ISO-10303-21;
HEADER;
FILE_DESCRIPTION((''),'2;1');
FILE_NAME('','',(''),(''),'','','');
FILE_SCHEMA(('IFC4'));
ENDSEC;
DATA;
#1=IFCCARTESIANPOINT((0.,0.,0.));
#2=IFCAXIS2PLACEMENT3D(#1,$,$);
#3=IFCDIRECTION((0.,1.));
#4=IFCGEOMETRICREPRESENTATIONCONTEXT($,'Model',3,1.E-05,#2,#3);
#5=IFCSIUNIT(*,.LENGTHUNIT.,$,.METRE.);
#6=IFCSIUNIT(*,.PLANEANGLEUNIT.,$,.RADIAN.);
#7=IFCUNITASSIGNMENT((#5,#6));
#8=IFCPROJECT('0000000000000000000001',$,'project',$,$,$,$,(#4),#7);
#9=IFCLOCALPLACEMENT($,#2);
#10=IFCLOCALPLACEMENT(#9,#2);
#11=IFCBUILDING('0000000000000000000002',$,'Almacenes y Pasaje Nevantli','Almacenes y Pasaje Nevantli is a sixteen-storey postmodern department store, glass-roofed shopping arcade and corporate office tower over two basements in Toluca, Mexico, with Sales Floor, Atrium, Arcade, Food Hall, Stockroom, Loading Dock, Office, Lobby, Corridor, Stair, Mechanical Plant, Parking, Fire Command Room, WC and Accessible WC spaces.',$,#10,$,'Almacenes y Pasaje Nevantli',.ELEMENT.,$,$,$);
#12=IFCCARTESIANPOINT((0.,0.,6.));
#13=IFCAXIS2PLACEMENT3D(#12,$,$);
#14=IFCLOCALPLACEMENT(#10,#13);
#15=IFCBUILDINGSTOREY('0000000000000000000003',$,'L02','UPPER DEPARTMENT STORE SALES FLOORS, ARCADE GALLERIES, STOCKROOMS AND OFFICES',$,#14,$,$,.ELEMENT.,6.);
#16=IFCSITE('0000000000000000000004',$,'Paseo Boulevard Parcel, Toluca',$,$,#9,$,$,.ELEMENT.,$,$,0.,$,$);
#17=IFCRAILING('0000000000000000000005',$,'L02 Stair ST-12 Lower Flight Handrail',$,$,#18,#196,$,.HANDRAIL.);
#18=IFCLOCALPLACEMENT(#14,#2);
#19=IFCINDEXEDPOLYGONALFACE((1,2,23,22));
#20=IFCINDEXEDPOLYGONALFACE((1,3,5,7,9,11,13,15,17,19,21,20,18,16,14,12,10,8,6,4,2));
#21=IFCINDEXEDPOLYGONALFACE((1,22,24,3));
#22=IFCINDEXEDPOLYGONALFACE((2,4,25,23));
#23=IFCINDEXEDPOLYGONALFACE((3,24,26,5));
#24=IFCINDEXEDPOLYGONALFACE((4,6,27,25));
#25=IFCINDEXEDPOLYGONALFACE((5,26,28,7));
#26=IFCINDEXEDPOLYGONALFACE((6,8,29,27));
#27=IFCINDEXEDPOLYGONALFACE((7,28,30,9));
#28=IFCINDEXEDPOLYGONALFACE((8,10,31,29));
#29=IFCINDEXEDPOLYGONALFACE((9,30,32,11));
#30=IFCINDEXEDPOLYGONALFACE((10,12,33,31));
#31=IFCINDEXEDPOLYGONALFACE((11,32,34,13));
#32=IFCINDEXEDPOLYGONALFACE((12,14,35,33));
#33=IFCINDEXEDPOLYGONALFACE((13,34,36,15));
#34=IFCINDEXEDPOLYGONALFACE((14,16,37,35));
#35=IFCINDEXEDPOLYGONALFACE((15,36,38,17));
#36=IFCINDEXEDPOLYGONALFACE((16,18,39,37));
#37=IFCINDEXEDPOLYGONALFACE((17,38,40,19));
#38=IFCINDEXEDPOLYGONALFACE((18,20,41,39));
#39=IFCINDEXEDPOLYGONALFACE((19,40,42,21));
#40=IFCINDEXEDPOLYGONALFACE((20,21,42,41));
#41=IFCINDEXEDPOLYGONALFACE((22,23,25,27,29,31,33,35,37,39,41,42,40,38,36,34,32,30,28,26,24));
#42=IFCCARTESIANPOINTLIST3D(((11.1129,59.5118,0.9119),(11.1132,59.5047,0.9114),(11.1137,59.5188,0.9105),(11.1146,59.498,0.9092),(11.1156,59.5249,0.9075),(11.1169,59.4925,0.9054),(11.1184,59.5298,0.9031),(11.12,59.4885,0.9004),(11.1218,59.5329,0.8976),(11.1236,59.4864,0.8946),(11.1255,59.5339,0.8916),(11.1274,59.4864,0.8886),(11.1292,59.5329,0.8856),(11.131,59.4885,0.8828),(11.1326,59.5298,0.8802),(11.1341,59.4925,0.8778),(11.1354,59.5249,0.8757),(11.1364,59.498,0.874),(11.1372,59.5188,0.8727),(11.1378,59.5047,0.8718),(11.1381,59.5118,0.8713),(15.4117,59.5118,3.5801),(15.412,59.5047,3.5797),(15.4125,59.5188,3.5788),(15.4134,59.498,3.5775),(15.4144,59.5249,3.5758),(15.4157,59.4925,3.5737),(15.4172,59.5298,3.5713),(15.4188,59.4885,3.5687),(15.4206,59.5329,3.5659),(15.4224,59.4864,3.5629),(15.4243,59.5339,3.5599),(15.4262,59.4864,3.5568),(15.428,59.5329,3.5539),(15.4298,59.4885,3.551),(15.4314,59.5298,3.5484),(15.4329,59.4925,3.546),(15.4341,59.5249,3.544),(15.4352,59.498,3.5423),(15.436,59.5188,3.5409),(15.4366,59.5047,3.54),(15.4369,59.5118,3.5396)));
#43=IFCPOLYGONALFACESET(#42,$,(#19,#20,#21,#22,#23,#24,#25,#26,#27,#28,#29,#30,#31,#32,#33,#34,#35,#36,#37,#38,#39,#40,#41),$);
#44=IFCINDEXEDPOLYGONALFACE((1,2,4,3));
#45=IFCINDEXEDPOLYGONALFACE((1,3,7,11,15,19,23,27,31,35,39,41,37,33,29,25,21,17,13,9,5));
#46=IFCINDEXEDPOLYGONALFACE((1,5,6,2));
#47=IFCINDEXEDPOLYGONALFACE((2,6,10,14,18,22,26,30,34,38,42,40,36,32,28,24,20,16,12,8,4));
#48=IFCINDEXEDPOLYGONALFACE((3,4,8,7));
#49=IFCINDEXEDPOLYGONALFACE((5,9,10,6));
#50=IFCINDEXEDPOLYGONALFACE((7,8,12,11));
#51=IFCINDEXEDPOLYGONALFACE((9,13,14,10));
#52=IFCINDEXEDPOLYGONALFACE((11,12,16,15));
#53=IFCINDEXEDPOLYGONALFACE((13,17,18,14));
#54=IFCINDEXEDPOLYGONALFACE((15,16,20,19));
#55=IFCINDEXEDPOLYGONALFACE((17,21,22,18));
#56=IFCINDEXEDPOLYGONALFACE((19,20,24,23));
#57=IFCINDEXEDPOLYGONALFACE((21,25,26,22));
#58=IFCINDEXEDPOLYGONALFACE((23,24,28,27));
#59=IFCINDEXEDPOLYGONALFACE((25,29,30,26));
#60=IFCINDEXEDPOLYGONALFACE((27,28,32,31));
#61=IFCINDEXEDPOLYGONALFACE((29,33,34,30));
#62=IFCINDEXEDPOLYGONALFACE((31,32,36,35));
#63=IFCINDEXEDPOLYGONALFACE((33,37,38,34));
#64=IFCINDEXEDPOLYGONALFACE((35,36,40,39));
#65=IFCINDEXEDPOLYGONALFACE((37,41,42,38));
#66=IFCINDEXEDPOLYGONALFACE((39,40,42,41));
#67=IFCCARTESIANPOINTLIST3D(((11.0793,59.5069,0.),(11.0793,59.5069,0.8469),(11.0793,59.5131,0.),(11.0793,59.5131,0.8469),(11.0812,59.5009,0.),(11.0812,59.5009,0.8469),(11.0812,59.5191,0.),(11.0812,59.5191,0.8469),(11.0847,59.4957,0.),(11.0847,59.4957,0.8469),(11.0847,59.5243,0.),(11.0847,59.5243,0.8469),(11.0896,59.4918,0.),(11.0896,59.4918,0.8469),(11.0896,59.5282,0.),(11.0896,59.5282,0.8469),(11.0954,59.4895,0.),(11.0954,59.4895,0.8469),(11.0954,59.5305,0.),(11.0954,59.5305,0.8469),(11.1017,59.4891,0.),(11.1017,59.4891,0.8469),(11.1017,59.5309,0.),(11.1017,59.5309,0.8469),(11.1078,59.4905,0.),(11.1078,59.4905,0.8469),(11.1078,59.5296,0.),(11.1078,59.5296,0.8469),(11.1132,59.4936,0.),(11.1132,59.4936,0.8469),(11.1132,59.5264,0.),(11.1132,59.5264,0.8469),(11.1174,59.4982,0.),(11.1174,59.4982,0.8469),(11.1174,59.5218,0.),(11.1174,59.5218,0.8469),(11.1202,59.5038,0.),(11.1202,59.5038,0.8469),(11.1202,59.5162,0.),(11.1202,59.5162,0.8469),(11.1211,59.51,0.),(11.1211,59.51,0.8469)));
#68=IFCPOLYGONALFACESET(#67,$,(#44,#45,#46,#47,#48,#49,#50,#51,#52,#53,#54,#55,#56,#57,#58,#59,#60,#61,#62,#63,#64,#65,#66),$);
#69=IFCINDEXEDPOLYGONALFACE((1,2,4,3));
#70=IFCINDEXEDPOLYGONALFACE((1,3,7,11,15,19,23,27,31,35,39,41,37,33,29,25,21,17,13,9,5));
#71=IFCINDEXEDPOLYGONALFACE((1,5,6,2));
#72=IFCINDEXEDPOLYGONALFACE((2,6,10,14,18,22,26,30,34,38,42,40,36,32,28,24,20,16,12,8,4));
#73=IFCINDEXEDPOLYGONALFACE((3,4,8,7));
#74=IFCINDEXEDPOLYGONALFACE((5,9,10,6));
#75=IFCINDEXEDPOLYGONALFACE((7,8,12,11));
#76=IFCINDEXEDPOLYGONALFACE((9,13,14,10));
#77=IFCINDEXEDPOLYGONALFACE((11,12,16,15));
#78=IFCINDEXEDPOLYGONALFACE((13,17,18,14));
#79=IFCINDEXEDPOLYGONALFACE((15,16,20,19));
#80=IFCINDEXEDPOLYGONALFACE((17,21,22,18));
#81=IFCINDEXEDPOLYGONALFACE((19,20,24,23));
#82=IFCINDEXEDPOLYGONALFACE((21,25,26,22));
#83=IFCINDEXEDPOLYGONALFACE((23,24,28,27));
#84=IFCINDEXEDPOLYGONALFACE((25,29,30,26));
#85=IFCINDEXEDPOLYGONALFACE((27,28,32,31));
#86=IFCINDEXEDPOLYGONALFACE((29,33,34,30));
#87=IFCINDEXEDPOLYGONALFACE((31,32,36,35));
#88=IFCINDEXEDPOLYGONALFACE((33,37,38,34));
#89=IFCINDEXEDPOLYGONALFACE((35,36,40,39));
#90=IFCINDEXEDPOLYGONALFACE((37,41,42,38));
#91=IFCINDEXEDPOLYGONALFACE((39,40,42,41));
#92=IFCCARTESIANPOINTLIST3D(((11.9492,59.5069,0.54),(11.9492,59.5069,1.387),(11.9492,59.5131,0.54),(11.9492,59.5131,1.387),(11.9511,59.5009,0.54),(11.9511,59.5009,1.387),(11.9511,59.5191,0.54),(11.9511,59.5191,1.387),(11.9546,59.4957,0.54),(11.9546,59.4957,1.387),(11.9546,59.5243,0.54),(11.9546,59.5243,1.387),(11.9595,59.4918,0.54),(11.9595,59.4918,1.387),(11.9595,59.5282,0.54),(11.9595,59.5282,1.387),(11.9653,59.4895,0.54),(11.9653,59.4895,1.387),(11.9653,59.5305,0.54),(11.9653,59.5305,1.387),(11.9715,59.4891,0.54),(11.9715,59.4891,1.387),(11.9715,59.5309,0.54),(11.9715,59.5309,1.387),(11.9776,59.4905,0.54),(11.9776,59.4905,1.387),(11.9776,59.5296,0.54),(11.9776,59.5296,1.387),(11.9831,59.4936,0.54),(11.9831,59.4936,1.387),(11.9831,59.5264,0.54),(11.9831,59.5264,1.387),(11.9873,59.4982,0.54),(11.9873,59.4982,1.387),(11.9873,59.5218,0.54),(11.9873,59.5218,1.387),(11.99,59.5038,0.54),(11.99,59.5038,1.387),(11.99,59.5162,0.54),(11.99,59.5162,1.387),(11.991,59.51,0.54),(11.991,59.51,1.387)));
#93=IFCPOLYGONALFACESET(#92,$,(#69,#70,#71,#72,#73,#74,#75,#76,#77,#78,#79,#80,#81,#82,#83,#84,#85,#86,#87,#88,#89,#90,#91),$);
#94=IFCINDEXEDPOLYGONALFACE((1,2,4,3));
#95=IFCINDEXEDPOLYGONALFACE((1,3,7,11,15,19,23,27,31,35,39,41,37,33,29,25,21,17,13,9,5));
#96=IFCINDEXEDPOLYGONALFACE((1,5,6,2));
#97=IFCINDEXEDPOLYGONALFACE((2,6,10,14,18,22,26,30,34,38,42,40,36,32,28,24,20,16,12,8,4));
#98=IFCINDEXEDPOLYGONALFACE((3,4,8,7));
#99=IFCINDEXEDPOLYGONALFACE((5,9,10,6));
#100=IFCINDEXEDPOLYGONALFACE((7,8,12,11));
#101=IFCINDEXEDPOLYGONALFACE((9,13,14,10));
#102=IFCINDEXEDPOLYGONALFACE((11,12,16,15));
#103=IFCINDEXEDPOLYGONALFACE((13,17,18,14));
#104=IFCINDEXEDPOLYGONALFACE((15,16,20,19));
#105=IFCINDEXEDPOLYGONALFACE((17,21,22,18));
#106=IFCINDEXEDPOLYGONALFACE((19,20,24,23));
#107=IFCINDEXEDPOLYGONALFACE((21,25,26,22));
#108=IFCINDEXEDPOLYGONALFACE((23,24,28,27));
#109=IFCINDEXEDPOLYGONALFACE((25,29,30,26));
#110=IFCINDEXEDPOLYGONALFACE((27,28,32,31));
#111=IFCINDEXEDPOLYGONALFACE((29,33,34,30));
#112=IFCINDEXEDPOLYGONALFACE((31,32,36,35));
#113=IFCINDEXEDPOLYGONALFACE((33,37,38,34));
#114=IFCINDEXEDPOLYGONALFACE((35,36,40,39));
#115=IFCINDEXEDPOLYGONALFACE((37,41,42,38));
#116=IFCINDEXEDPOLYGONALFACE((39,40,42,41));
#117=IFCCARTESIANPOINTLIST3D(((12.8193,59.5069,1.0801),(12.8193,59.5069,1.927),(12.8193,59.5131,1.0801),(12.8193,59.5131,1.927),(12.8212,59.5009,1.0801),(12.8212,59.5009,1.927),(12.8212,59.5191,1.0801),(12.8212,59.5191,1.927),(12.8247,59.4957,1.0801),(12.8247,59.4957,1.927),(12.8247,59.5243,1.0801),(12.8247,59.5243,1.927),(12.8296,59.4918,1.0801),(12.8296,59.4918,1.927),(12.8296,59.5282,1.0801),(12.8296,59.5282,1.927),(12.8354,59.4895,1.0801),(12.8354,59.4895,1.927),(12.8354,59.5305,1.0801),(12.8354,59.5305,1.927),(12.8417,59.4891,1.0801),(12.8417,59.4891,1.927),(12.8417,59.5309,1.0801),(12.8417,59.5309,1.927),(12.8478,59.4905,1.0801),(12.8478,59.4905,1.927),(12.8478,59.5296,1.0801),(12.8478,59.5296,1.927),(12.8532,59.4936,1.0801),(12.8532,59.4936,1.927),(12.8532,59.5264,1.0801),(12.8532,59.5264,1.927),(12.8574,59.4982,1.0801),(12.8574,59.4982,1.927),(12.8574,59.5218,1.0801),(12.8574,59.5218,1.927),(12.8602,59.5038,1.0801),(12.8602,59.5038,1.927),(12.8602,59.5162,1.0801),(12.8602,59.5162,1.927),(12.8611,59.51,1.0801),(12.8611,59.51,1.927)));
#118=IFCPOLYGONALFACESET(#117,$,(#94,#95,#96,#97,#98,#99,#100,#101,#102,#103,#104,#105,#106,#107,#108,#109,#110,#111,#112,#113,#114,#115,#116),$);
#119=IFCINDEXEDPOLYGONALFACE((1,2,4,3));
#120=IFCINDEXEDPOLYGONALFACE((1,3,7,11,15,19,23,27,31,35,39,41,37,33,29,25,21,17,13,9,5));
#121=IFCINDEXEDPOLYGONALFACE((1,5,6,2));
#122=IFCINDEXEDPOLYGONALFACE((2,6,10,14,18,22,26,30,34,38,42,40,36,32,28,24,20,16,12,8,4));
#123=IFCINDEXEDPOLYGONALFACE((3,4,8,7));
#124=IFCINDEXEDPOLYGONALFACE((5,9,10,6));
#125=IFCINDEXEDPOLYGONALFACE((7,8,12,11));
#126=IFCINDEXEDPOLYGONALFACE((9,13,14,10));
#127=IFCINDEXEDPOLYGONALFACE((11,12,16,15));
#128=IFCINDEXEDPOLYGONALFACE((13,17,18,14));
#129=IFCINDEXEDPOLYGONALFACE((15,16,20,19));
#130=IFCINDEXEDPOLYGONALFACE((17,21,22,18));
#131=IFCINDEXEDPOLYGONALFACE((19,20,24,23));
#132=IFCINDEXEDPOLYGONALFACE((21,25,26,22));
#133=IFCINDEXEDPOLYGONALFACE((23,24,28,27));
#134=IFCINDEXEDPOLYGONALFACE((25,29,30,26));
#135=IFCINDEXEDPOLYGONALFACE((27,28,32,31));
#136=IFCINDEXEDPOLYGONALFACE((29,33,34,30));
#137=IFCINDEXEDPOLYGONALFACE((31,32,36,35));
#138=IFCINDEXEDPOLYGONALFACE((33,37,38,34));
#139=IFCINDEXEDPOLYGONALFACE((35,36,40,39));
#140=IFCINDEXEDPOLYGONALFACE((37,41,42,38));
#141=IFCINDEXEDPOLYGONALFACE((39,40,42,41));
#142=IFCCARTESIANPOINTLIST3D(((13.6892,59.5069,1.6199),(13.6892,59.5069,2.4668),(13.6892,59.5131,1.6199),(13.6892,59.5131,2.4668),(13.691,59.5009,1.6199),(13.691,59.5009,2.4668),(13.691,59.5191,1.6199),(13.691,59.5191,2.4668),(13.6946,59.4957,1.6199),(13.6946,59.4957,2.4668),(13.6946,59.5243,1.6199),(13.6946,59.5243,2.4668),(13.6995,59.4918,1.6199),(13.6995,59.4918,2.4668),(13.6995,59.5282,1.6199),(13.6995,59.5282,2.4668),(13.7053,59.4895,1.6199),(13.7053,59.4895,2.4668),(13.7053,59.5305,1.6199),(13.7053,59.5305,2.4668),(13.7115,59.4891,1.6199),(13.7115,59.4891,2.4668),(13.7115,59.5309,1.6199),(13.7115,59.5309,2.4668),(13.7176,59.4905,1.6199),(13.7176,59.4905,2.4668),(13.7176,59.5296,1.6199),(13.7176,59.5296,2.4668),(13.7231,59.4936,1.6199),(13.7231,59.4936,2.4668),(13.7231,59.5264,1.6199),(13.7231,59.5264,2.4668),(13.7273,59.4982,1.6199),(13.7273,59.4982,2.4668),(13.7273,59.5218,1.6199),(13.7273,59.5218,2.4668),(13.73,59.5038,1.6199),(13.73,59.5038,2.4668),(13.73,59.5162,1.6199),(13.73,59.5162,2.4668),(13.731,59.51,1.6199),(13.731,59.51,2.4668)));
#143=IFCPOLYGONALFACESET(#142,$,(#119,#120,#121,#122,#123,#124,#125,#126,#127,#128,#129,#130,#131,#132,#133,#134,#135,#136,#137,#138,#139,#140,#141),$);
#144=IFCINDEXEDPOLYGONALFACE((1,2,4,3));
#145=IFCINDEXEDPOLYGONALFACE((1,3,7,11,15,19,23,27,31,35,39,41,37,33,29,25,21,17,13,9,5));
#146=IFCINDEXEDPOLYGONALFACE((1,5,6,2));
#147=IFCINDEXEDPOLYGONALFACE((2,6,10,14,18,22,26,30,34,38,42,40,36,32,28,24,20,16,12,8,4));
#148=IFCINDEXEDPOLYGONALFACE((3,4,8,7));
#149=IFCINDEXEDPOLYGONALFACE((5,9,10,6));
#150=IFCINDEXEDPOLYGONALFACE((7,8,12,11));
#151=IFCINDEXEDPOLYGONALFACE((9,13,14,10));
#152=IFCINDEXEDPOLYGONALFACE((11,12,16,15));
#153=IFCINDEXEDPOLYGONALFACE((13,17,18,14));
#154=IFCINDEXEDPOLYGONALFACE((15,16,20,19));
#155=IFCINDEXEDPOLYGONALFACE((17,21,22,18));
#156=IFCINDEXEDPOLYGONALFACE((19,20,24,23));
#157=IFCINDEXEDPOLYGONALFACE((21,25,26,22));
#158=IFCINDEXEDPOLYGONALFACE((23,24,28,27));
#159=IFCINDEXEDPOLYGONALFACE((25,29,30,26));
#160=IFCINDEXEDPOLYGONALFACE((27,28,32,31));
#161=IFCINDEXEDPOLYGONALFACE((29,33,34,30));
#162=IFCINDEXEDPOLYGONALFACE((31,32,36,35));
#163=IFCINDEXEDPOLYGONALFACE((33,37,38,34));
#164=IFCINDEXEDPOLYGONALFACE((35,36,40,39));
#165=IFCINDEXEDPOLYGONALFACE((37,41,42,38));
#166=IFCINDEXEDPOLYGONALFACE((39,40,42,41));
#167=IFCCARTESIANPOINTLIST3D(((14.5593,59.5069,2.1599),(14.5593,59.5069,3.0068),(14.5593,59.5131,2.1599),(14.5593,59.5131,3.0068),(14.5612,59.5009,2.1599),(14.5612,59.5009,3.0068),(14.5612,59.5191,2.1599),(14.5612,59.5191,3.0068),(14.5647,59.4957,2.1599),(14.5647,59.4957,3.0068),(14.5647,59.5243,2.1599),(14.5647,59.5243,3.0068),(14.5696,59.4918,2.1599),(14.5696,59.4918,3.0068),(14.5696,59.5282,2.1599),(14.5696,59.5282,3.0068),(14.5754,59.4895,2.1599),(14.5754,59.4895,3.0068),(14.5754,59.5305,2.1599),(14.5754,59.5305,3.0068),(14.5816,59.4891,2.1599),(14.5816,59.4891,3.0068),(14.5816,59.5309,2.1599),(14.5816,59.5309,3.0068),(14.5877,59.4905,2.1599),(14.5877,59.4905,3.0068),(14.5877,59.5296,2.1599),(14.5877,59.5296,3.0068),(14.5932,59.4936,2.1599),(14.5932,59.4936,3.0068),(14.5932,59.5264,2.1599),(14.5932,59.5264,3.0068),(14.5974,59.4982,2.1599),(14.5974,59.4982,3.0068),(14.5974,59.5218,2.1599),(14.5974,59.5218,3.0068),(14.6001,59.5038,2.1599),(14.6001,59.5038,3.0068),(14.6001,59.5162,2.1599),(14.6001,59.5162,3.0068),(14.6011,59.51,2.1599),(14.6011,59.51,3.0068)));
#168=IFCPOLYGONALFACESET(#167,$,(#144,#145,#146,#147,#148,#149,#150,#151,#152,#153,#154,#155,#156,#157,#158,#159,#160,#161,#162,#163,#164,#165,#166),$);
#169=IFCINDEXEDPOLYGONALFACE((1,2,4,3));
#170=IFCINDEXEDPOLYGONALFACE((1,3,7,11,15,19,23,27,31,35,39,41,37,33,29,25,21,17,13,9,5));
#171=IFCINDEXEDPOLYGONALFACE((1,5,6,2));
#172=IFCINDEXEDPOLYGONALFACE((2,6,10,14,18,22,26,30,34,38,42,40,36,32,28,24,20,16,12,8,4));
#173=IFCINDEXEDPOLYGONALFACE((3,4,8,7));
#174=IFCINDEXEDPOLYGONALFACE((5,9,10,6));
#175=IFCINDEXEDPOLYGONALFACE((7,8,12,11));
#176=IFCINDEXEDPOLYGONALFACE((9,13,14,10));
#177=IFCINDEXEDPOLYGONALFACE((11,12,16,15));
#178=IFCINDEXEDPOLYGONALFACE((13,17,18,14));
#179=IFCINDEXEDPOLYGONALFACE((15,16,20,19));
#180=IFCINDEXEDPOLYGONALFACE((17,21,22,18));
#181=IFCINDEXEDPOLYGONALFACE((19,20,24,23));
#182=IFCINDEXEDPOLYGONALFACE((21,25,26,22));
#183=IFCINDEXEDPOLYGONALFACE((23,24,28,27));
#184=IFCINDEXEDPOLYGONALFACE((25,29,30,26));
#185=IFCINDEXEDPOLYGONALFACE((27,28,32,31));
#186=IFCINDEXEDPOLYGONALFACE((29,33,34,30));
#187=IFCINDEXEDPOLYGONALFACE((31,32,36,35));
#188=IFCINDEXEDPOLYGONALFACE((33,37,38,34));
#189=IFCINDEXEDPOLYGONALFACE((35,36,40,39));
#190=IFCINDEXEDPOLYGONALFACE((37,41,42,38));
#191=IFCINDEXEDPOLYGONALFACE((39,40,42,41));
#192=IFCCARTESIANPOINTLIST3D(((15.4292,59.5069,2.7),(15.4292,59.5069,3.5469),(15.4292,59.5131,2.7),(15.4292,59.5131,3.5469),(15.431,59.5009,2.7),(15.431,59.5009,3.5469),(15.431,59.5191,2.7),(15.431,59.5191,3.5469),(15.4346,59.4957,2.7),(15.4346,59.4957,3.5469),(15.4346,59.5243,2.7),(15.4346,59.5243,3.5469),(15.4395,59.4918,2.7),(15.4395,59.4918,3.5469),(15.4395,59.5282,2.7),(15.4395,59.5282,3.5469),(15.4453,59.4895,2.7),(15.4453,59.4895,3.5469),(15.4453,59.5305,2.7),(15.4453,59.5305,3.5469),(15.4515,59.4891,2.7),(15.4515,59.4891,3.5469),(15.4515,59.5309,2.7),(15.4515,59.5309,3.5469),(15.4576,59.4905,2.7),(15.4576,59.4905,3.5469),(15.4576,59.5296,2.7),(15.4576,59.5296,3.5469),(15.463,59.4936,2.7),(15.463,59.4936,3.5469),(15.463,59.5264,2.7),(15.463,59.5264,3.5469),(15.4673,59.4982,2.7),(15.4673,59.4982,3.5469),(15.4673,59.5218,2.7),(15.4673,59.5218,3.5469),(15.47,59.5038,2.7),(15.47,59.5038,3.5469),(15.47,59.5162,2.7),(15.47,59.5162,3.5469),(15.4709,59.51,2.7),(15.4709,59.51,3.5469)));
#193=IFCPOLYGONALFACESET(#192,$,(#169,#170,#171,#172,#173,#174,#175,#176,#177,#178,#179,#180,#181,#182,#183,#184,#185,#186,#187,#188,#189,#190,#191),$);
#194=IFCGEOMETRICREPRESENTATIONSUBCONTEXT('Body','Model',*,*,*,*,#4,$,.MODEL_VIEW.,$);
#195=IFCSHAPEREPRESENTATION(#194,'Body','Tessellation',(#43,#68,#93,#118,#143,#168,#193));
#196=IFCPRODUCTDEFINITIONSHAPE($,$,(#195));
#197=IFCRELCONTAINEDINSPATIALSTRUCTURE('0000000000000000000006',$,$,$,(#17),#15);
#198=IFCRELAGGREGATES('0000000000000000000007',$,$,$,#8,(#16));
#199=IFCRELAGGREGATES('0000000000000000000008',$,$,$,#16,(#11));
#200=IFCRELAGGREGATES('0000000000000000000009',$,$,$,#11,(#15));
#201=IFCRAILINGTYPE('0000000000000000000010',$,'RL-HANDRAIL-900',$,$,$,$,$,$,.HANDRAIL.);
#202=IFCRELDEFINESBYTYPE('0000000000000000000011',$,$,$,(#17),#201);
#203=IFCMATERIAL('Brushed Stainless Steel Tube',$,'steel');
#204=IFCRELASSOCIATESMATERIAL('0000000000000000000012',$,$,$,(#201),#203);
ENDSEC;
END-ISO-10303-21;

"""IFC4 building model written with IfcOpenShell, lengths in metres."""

from ifc_helpers import new_model, si_unit, direction, frame, origin, origin_2d, place, context, subcontext, project, spatial, circle, extrude, material, type_object, element, save


model = new_model("IFC4")

# Units and contexts
model_context = context("Model", 3, precision=1e-05, world=origin(), true_north=direction((0.0, 1.0)))
body_context = subcontext(model_context, "Body", "Model", "MODEL_VIEW")
ifc_project = project(units=[si_unit("LENGTHUNIT", "METRE"), si_unit("PLANEANGLEUNIT", "RADIAN")], contexts=[model_context])

# Site, building, storey
site_placement = place(None, origin())
site = spatial("IfcSite", under=ifc_project, at=site_placement, Name="Paseo Boulevard Parcel, Toluca", CompositionType="ELEMENT", RefElevation=0.0)
building_placement = place(site_placement, origin())
building = spatial("IfcBuilding", under=site, at=building_placement, Name="Almacenes y Pasaje Nevantli", Description="Almacenes y Pasaje Nevantli is a sixteen-storey postmodern department store, glass-roofed shopping arcade and corporate office tower over two basements in Toluca, Mexico, with Sales Floor, Atrium, Arcade, Food Hall, Stockroom, Loading Dock, Office, Lobby, Corridor, Stair, Mechanical Plant, Parking, Fire Command Room, WC and Accessible WC spaces.", LongName="Almacenes y Pasaje Nevantli", CompositionType="ELEMENT")
storey_placement = place(building_placement, frame((0.0, 0.0, 6.0)))
storey = spatial("IfcBuildingStorey", under=building, at=storey_placement, Name="L02", Description="UPPER DEPARTMENT STORE SALES FLOORS, ARCADE GALLERIES, STOCKROOMS AND OFFICES", CompositionType="ELEMENT", Elevation=6.0)

# Railing
ifc_material_1 = material(Name="Brushed Stainless Steel Tube", Category="steel")
railing_type_1 = type_object("IfcRailingType", Name="RL-HANDRAIL-900", PredefinedType="HANDRAIL", material=ifc_material_1)
railing_1_placement = place(storey_placement, frame((11.1001, 59.51, 0.0)))
element("IfcRailing", 1, at=railing_1_placement, inside=storey, type_object=railing_type_1, Name="L02 Stair ST-12 Lower Flight Handrail", PredefinedType="HANDRAIL", context=body_context, shape_type="SweptSolid", body=[
    extrude(circle(Radius=0.0239, at=origin_2d()), frame((0.0254, 0.0, 0.8916), z_axis=(0.849636, 0.0, 0.527369), x_axis=(0.0, 1.0, 0.0)), (0.0, 0.0, 1.0), 5.0596),
    extrude(circle(Radius=0.021, at=origin_2d()), origin(), (0.0, 0.0, 1.0), 0.8469),
    extrude(circle(Radius=0.021, at=origin_2d()), frame((0.8699, 0.0, 0.54)), (0.0, 0.0, 1.0), 0.8469),
    extrude(circle(Radius=0.021, at=origin_2d()), frame((1.74, 0.0, 1.0801)), (0.0, 0.0, 1.0), 0.8469),
    extrude(circle(Radius=0.021, at=origin_2d()), frame((2.6099, 0.0, 1.6199)), (0.0, 0.0, 1.0), 0.8469),
    extrude(circle(Radius=0.021, at=origin_2d()), frame((3.48, 0.0, 2.1599)), (0.0, 0.0, 1.0), 0.8469),
    extrude(circle(Radius=0.021, at=origin_2d()), frame((4.3499, 0.0, 2.7)), (0.0, 0.0, 1.0), 0.8469),
])

save(model, "model.ifc")
